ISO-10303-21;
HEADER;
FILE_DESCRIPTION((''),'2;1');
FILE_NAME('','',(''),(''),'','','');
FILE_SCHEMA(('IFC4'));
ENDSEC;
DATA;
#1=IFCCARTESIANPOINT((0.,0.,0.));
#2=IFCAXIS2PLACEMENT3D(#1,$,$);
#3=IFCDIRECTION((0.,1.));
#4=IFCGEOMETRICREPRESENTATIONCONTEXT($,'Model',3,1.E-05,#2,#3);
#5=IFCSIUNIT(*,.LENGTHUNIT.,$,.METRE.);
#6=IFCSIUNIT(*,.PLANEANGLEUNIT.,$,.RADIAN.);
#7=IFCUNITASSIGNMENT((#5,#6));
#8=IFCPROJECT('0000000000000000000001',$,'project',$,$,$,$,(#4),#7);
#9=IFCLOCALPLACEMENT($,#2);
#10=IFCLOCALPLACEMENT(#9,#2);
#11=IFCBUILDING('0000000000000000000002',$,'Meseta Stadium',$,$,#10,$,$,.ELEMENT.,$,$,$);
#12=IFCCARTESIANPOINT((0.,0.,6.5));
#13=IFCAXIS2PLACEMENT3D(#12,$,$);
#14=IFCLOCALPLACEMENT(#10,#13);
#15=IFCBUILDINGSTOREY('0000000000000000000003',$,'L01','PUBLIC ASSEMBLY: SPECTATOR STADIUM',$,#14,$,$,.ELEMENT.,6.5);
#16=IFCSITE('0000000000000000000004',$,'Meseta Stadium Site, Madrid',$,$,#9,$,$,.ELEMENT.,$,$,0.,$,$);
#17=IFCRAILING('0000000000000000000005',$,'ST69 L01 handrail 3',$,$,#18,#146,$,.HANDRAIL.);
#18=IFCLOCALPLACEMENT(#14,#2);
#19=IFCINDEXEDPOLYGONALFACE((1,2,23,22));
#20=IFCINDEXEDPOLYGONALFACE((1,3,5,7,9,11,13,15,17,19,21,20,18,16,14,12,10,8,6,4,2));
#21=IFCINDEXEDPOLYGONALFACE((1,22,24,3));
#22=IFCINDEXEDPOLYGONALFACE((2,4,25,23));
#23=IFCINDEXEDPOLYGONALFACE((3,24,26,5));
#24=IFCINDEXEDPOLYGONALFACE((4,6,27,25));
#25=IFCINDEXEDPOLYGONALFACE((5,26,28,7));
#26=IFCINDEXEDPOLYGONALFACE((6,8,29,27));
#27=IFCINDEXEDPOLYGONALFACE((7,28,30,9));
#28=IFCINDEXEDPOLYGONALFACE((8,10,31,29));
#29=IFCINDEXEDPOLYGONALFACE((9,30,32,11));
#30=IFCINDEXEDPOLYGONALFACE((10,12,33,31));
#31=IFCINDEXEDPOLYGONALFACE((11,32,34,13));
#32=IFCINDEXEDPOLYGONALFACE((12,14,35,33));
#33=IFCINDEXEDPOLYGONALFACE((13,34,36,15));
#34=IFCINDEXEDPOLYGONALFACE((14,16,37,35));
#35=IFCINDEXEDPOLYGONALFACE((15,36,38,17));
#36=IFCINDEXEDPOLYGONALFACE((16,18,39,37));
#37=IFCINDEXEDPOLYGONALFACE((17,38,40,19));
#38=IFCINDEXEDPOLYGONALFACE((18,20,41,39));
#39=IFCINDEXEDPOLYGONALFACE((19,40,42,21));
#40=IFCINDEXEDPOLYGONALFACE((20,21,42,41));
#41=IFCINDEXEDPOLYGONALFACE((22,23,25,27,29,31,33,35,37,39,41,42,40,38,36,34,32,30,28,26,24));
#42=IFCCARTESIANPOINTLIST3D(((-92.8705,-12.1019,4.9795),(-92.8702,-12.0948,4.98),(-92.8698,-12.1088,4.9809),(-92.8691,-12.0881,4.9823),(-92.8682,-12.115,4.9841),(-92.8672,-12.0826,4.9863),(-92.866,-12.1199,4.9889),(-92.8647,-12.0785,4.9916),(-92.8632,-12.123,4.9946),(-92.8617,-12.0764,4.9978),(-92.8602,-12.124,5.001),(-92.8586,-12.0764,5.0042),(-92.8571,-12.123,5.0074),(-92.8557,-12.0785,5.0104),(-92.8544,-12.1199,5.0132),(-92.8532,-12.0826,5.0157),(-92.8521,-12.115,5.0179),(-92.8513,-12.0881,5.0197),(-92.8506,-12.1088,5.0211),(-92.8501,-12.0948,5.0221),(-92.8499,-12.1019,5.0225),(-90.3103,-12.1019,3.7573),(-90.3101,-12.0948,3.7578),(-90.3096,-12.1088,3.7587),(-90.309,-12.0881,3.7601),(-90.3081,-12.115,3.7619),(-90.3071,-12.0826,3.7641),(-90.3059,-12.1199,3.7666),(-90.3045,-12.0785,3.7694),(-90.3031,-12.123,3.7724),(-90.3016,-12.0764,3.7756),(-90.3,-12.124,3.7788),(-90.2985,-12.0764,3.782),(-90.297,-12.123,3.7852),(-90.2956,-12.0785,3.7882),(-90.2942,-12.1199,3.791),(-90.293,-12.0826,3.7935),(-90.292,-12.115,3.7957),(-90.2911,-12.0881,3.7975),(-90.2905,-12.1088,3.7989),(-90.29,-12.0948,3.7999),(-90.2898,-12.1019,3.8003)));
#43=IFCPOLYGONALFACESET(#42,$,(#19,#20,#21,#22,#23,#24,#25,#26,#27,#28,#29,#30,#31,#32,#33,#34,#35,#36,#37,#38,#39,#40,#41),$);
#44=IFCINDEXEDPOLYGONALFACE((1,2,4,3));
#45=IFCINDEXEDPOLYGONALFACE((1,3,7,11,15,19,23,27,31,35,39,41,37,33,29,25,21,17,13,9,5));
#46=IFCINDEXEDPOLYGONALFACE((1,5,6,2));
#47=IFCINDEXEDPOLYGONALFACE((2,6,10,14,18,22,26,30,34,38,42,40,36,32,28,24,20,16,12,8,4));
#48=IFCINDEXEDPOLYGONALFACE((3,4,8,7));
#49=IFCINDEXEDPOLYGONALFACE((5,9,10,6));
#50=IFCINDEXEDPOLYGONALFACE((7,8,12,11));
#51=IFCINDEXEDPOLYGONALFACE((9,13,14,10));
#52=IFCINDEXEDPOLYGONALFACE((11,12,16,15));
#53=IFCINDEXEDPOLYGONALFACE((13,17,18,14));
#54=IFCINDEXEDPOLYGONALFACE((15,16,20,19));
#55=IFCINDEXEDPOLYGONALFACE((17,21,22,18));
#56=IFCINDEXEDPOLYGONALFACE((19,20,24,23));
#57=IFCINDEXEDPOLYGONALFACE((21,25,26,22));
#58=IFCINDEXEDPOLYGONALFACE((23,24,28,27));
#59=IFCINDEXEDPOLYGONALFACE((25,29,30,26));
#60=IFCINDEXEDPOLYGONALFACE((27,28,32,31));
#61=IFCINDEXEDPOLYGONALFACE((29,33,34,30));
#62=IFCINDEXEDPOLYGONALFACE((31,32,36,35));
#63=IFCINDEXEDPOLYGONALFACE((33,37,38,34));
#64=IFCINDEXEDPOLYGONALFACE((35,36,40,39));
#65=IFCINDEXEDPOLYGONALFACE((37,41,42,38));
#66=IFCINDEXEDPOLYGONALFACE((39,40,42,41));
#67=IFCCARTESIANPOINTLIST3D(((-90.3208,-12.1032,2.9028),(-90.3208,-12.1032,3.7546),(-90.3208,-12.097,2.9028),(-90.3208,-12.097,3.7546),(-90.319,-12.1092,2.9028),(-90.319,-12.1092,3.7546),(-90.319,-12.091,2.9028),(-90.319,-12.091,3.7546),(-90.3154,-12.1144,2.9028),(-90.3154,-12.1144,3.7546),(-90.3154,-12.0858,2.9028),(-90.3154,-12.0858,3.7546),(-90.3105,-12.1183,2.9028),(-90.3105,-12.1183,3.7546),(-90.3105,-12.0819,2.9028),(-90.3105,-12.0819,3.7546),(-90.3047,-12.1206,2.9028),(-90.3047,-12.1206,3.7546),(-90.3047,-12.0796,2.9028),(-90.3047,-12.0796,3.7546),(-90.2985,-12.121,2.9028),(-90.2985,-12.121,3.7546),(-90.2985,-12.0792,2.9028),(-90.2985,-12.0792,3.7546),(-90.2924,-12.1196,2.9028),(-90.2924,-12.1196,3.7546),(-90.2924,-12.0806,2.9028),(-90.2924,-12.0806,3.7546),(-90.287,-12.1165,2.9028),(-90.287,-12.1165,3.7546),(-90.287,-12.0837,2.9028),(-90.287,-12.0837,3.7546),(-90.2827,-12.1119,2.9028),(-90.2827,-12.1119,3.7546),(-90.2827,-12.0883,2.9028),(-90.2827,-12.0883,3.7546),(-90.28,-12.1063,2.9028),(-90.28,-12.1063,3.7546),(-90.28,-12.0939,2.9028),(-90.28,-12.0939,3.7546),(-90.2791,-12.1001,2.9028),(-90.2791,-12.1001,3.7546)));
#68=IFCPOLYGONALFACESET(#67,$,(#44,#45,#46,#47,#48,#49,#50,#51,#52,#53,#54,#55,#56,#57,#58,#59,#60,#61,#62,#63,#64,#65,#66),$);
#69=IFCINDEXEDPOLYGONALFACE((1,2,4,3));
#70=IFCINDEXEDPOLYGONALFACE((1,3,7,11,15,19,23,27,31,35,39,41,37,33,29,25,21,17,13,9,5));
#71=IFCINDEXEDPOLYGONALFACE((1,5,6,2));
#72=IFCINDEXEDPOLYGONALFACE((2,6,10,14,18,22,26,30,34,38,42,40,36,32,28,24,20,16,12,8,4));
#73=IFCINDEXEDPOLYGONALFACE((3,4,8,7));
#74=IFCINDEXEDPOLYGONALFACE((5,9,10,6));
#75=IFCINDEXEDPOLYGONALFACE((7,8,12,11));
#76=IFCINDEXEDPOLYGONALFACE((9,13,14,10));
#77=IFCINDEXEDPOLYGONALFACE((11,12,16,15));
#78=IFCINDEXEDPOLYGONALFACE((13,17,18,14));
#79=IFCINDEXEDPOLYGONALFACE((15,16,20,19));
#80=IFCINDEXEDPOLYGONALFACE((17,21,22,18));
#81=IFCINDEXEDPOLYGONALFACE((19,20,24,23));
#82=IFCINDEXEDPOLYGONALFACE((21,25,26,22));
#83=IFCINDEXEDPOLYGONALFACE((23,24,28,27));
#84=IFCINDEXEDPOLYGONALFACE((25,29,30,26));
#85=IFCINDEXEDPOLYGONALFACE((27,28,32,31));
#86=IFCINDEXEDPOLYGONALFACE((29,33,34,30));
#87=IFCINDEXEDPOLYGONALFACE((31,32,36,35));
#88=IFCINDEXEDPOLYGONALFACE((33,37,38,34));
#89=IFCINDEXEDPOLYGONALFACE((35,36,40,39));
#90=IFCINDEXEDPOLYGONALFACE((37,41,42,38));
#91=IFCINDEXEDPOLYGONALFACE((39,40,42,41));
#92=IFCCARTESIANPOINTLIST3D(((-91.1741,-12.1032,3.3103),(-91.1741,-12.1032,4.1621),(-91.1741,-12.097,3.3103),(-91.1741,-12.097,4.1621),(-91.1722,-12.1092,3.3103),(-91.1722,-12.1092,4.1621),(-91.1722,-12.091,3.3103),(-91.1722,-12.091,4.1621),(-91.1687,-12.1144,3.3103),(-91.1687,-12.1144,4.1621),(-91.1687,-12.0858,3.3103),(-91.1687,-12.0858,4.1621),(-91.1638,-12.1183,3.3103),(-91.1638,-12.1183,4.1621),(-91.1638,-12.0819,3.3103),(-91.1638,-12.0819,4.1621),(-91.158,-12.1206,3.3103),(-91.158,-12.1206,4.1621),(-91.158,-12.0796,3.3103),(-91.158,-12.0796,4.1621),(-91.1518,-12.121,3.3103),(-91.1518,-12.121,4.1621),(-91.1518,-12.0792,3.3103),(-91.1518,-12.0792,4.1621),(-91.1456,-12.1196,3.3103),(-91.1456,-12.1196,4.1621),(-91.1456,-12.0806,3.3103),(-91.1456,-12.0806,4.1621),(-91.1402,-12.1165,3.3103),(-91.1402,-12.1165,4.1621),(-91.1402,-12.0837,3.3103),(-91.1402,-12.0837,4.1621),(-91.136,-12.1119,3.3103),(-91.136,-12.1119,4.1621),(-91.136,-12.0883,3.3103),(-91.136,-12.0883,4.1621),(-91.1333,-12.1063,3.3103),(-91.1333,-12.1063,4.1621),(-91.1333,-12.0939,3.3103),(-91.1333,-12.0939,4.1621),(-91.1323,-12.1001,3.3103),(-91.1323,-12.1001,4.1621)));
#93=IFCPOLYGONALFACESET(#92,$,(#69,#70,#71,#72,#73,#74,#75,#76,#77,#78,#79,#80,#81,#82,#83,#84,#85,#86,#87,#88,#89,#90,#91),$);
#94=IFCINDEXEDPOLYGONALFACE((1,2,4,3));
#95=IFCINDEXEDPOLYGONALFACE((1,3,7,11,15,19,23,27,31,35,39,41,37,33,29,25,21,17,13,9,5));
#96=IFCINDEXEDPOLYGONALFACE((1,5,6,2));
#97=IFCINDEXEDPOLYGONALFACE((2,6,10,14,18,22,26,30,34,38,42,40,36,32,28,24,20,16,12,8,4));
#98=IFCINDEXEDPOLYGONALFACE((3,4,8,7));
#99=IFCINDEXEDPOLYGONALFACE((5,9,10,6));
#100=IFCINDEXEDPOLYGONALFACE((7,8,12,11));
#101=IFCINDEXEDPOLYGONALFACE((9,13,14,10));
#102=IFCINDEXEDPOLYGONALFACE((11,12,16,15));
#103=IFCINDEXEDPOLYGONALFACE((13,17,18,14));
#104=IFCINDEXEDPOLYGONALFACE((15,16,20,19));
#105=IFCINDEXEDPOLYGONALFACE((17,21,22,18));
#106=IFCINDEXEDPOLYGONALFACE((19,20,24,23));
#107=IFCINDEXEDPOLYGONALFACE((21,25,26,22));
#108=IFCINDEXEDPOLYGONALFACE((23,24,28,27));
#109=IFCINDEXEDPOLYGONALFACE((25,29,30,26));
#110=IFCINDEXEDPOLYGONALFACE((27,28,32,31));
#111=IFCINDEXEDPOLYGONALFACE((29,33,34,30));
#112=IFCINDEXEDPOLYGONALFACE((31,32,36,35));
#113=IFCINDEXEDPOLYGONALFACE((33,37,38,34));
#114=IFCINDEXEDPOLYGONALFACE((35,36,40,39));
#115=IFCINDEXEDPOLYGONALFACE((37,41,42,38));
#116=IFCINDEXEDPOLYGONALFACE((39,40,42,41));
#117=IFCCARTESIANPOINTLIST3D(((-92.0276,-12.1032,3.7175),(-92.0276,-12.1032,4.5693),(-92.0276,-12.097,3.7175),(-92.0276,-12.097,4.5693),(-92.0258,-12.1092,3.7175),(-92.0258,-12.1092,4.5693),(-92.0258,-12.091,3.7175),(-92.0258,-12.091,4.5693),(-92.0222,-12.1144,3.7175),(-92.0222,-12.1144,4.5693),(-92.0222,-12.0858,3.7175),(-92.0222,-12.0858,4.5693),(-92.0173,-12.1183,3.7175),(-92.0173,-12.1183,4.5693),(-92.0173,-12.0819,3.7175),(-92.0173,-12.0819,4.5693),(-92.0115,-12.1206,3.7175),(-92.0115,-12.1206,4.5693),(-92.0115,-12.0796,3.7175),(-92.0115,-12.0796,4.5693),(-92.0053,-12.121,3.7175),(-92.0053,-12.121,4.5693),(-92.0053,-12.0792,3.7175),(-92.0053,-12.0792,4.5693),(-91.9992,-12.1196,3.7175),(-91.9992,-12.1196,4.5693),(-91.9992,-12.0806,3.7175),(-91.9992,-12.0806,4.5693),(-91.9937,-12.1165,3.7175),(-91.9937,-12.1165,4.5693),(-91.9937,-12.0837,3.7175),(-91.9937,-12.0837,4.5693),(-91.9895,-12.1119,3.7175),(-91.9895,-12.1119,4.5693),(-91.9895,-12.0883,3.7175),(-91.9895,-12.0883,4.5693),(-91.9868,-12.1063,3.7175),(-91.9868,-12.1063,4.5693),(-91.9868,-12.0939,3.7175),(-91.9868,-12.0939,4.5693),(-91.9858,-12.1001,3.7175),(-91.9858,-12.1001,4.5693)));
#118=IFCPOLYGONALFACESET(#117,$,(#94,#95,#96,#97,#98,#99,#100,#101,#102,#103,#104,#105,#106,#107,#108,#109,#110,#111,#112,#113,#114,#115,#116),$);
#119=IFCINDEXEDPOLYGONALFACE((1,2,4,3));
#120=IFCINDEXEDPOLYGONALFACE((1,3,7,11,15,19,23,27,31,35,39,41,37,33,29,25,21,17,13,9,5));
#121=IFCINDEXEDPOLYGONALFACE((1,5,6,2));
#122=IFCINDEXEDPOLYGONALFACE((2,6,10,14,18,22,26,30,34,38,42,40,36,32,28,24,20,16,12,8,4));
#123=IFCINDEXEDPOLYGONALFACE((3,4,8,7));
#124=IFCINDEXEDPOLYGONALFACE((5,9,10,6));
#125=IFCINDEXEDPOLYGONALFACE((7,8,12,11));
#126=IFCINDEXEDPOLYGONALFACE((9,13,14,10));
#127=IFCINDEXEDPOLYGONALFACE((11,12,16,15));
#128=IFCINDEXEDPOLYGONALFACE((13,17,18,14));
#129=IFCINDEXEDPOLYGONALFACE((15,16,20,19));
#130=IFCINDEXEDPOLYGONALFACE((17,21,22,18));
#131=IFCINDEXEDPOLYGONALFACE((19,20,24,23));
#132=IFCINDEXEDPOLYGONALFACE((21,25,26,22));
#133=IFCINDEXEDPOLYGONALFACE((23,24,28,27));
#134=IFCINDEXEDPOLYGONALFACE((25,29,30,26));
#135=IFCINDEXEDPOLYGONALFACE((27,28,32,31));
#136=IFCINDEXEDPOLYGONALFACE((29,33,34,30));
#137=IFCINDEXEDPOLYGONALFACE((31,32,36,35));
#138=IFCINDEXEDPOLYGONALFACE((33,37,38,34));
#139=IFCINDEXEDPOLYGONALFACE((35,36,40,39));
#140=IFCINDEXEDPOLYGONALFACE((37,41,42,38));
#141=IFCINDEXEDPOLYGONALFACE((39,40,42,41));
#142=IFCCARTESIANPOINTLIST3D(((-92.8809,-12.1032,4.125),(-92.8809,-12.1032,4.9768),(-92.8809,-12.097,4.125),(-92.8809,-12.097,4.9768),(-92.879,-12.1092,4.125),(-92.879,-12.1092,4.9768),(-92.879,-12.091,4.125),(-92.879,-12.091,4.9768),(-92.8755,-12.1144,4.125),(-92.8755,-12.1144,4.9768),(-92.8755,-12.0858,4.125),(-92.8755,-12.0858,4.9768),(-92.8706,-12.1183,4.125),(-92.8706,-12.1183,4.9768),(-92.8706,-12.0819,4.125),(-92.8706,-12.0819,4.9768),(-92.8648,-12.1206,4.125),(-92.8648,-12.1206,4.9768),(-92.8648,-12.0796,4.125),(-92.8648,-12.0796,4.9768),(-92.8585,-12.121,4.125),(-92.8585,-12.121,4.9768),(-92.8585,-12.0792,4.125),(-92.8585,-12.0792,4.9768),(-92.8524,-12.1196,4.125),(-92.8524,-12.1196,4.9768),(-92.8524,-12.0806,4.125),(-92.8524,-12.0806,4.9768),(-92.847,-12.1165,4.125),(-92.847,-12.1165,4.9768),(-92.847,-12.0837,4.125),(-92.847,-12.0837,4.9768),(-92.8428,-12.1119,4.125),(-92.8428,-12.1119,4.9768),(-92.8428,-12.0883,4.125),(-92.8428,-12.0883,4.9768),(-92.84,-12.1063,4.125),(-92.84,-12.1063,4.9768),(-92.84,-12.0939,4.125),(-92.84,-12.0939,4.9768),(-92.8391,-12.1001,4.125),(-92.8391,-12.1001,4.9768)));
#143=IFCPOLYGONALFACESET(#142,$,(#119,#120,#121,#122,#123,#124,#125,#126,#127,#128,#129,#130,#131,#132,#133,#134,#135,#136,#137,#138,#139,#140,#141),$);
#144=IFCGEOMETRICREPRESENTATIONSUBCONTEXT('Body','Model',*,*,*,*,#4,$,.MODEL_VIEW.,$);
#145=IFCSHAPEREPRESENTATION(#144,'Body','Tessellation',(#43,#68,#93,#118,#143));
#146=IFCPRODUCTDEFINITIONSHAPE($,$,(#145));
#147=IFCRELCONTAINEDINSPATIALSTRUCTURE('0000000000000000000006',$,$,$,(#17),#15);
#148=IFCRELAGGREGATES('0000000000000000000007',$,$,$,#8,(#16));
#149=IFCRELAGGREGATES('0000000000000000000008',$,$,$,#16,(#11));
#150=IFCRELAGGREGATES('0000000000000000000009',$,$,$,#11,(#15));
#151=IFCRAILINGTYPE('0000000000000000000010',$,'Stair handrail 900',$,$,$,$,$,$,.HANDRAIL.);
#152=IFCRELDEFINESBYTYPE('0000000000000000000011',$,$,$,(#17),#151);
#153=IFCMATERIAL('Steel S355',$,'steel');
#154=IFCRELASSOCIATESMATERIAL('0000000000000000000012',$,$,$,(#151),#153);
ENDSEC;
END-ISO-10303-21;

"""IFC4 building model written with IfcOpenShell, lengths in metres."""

from ifc_helpers import new_model, si_unit, direction, frame, origin, origin_2d, place, context, subcontext, project, spatial, circle, extrude, material, type_object, element, save


model = new_model("IFC4")

# Units and contexts
model_context = context("Model", 3, precision=1e-05, world=origin(), true_north=direction((0.0, 1.0)))
body_context = subcontext(model_context, "Body", "Model", "MODEL_VIEW")
ifc_project = project(units=[si_unit("LENGTHUNIT", "METRE"), si_unit("PLANEANGLEUNIT", "RADIAN")], contexts=[model_context])

# Site, building, storey
site_placement = place(None, origin())
site = spatial("IfcSite", under=ifc_project, at=site_placement, Name="Meseta Stadium Site, Madrid", CompositionType="ELEMENT", RefElevation=0.0)
building_placement = place(site_placement, origin())
building = spatial("IfcBuilding", under=site, at=building_placement, Name="Meseta Stadium", CompositionType="ELEMENT")
storey_placement = place(building_placement, frame((0.0, 0.0, 6.5)))
storey = spatial("IfcBuildingStorey", under=building, at=storey_placement, Name="L01", Description="PUBLIC ASSEMBLY: SPECTATOR STADIUM", CompositionType="ELEMENT", Elevation=6.5)

# Railing
ifc_material_1 = material(Name="Steel S355", Category="steel")
railing_type = type_object("IfcRailingType", Name="Stair handrail 900", PredefinedType="HANDRAIL", material=ifc_material_1)
for number, where, name in (
    (1, (-90.3, -12.1001, 2.9028), "ST69 L01 handrail 3"),
):
    element("IfcRailing", number, at=place(storey_placement, frame(where)), inside=storey, type_object=railing_type, Name=name, PredefinedType="HANDRAIL", context=body_context, shape_type="SweptSolid", body=[
        extrude(circle(Radius=0.0239, at=origin_2d()), frame((0.0, 0.0, 0.876), z_axis=(-0.902437, 0.0, 0.430822), x_axis=(0.0, -1.0, 0.0)), (0.0, 0.0, 1.0), 2.8369),
        extrude(circle(Radius=0.021, at=origin_2d()), origin(), (0.0, 0.0, 1.0), 0.8518),
        extrude(circle(Radius=0.021, at=origin_2d()), frame((-0.8533, 0.0, 0.4075)), (0.0, 0.0, 1.0), 0.8518),
        extrude(circle(Radius=0.021, at=origin_2d()), frame((-1.7068, 0.0, 0.8147)), (0.0, 0.0, 1.0), 0.8518),
        extrude(circle(Radius=0.021, at=origin_2d()), frame((-2.5601, 0.0, 1.2222)), (0.0, 0.0, 1.0), 0.8518),
    ])

save(model, "model.ifc")
